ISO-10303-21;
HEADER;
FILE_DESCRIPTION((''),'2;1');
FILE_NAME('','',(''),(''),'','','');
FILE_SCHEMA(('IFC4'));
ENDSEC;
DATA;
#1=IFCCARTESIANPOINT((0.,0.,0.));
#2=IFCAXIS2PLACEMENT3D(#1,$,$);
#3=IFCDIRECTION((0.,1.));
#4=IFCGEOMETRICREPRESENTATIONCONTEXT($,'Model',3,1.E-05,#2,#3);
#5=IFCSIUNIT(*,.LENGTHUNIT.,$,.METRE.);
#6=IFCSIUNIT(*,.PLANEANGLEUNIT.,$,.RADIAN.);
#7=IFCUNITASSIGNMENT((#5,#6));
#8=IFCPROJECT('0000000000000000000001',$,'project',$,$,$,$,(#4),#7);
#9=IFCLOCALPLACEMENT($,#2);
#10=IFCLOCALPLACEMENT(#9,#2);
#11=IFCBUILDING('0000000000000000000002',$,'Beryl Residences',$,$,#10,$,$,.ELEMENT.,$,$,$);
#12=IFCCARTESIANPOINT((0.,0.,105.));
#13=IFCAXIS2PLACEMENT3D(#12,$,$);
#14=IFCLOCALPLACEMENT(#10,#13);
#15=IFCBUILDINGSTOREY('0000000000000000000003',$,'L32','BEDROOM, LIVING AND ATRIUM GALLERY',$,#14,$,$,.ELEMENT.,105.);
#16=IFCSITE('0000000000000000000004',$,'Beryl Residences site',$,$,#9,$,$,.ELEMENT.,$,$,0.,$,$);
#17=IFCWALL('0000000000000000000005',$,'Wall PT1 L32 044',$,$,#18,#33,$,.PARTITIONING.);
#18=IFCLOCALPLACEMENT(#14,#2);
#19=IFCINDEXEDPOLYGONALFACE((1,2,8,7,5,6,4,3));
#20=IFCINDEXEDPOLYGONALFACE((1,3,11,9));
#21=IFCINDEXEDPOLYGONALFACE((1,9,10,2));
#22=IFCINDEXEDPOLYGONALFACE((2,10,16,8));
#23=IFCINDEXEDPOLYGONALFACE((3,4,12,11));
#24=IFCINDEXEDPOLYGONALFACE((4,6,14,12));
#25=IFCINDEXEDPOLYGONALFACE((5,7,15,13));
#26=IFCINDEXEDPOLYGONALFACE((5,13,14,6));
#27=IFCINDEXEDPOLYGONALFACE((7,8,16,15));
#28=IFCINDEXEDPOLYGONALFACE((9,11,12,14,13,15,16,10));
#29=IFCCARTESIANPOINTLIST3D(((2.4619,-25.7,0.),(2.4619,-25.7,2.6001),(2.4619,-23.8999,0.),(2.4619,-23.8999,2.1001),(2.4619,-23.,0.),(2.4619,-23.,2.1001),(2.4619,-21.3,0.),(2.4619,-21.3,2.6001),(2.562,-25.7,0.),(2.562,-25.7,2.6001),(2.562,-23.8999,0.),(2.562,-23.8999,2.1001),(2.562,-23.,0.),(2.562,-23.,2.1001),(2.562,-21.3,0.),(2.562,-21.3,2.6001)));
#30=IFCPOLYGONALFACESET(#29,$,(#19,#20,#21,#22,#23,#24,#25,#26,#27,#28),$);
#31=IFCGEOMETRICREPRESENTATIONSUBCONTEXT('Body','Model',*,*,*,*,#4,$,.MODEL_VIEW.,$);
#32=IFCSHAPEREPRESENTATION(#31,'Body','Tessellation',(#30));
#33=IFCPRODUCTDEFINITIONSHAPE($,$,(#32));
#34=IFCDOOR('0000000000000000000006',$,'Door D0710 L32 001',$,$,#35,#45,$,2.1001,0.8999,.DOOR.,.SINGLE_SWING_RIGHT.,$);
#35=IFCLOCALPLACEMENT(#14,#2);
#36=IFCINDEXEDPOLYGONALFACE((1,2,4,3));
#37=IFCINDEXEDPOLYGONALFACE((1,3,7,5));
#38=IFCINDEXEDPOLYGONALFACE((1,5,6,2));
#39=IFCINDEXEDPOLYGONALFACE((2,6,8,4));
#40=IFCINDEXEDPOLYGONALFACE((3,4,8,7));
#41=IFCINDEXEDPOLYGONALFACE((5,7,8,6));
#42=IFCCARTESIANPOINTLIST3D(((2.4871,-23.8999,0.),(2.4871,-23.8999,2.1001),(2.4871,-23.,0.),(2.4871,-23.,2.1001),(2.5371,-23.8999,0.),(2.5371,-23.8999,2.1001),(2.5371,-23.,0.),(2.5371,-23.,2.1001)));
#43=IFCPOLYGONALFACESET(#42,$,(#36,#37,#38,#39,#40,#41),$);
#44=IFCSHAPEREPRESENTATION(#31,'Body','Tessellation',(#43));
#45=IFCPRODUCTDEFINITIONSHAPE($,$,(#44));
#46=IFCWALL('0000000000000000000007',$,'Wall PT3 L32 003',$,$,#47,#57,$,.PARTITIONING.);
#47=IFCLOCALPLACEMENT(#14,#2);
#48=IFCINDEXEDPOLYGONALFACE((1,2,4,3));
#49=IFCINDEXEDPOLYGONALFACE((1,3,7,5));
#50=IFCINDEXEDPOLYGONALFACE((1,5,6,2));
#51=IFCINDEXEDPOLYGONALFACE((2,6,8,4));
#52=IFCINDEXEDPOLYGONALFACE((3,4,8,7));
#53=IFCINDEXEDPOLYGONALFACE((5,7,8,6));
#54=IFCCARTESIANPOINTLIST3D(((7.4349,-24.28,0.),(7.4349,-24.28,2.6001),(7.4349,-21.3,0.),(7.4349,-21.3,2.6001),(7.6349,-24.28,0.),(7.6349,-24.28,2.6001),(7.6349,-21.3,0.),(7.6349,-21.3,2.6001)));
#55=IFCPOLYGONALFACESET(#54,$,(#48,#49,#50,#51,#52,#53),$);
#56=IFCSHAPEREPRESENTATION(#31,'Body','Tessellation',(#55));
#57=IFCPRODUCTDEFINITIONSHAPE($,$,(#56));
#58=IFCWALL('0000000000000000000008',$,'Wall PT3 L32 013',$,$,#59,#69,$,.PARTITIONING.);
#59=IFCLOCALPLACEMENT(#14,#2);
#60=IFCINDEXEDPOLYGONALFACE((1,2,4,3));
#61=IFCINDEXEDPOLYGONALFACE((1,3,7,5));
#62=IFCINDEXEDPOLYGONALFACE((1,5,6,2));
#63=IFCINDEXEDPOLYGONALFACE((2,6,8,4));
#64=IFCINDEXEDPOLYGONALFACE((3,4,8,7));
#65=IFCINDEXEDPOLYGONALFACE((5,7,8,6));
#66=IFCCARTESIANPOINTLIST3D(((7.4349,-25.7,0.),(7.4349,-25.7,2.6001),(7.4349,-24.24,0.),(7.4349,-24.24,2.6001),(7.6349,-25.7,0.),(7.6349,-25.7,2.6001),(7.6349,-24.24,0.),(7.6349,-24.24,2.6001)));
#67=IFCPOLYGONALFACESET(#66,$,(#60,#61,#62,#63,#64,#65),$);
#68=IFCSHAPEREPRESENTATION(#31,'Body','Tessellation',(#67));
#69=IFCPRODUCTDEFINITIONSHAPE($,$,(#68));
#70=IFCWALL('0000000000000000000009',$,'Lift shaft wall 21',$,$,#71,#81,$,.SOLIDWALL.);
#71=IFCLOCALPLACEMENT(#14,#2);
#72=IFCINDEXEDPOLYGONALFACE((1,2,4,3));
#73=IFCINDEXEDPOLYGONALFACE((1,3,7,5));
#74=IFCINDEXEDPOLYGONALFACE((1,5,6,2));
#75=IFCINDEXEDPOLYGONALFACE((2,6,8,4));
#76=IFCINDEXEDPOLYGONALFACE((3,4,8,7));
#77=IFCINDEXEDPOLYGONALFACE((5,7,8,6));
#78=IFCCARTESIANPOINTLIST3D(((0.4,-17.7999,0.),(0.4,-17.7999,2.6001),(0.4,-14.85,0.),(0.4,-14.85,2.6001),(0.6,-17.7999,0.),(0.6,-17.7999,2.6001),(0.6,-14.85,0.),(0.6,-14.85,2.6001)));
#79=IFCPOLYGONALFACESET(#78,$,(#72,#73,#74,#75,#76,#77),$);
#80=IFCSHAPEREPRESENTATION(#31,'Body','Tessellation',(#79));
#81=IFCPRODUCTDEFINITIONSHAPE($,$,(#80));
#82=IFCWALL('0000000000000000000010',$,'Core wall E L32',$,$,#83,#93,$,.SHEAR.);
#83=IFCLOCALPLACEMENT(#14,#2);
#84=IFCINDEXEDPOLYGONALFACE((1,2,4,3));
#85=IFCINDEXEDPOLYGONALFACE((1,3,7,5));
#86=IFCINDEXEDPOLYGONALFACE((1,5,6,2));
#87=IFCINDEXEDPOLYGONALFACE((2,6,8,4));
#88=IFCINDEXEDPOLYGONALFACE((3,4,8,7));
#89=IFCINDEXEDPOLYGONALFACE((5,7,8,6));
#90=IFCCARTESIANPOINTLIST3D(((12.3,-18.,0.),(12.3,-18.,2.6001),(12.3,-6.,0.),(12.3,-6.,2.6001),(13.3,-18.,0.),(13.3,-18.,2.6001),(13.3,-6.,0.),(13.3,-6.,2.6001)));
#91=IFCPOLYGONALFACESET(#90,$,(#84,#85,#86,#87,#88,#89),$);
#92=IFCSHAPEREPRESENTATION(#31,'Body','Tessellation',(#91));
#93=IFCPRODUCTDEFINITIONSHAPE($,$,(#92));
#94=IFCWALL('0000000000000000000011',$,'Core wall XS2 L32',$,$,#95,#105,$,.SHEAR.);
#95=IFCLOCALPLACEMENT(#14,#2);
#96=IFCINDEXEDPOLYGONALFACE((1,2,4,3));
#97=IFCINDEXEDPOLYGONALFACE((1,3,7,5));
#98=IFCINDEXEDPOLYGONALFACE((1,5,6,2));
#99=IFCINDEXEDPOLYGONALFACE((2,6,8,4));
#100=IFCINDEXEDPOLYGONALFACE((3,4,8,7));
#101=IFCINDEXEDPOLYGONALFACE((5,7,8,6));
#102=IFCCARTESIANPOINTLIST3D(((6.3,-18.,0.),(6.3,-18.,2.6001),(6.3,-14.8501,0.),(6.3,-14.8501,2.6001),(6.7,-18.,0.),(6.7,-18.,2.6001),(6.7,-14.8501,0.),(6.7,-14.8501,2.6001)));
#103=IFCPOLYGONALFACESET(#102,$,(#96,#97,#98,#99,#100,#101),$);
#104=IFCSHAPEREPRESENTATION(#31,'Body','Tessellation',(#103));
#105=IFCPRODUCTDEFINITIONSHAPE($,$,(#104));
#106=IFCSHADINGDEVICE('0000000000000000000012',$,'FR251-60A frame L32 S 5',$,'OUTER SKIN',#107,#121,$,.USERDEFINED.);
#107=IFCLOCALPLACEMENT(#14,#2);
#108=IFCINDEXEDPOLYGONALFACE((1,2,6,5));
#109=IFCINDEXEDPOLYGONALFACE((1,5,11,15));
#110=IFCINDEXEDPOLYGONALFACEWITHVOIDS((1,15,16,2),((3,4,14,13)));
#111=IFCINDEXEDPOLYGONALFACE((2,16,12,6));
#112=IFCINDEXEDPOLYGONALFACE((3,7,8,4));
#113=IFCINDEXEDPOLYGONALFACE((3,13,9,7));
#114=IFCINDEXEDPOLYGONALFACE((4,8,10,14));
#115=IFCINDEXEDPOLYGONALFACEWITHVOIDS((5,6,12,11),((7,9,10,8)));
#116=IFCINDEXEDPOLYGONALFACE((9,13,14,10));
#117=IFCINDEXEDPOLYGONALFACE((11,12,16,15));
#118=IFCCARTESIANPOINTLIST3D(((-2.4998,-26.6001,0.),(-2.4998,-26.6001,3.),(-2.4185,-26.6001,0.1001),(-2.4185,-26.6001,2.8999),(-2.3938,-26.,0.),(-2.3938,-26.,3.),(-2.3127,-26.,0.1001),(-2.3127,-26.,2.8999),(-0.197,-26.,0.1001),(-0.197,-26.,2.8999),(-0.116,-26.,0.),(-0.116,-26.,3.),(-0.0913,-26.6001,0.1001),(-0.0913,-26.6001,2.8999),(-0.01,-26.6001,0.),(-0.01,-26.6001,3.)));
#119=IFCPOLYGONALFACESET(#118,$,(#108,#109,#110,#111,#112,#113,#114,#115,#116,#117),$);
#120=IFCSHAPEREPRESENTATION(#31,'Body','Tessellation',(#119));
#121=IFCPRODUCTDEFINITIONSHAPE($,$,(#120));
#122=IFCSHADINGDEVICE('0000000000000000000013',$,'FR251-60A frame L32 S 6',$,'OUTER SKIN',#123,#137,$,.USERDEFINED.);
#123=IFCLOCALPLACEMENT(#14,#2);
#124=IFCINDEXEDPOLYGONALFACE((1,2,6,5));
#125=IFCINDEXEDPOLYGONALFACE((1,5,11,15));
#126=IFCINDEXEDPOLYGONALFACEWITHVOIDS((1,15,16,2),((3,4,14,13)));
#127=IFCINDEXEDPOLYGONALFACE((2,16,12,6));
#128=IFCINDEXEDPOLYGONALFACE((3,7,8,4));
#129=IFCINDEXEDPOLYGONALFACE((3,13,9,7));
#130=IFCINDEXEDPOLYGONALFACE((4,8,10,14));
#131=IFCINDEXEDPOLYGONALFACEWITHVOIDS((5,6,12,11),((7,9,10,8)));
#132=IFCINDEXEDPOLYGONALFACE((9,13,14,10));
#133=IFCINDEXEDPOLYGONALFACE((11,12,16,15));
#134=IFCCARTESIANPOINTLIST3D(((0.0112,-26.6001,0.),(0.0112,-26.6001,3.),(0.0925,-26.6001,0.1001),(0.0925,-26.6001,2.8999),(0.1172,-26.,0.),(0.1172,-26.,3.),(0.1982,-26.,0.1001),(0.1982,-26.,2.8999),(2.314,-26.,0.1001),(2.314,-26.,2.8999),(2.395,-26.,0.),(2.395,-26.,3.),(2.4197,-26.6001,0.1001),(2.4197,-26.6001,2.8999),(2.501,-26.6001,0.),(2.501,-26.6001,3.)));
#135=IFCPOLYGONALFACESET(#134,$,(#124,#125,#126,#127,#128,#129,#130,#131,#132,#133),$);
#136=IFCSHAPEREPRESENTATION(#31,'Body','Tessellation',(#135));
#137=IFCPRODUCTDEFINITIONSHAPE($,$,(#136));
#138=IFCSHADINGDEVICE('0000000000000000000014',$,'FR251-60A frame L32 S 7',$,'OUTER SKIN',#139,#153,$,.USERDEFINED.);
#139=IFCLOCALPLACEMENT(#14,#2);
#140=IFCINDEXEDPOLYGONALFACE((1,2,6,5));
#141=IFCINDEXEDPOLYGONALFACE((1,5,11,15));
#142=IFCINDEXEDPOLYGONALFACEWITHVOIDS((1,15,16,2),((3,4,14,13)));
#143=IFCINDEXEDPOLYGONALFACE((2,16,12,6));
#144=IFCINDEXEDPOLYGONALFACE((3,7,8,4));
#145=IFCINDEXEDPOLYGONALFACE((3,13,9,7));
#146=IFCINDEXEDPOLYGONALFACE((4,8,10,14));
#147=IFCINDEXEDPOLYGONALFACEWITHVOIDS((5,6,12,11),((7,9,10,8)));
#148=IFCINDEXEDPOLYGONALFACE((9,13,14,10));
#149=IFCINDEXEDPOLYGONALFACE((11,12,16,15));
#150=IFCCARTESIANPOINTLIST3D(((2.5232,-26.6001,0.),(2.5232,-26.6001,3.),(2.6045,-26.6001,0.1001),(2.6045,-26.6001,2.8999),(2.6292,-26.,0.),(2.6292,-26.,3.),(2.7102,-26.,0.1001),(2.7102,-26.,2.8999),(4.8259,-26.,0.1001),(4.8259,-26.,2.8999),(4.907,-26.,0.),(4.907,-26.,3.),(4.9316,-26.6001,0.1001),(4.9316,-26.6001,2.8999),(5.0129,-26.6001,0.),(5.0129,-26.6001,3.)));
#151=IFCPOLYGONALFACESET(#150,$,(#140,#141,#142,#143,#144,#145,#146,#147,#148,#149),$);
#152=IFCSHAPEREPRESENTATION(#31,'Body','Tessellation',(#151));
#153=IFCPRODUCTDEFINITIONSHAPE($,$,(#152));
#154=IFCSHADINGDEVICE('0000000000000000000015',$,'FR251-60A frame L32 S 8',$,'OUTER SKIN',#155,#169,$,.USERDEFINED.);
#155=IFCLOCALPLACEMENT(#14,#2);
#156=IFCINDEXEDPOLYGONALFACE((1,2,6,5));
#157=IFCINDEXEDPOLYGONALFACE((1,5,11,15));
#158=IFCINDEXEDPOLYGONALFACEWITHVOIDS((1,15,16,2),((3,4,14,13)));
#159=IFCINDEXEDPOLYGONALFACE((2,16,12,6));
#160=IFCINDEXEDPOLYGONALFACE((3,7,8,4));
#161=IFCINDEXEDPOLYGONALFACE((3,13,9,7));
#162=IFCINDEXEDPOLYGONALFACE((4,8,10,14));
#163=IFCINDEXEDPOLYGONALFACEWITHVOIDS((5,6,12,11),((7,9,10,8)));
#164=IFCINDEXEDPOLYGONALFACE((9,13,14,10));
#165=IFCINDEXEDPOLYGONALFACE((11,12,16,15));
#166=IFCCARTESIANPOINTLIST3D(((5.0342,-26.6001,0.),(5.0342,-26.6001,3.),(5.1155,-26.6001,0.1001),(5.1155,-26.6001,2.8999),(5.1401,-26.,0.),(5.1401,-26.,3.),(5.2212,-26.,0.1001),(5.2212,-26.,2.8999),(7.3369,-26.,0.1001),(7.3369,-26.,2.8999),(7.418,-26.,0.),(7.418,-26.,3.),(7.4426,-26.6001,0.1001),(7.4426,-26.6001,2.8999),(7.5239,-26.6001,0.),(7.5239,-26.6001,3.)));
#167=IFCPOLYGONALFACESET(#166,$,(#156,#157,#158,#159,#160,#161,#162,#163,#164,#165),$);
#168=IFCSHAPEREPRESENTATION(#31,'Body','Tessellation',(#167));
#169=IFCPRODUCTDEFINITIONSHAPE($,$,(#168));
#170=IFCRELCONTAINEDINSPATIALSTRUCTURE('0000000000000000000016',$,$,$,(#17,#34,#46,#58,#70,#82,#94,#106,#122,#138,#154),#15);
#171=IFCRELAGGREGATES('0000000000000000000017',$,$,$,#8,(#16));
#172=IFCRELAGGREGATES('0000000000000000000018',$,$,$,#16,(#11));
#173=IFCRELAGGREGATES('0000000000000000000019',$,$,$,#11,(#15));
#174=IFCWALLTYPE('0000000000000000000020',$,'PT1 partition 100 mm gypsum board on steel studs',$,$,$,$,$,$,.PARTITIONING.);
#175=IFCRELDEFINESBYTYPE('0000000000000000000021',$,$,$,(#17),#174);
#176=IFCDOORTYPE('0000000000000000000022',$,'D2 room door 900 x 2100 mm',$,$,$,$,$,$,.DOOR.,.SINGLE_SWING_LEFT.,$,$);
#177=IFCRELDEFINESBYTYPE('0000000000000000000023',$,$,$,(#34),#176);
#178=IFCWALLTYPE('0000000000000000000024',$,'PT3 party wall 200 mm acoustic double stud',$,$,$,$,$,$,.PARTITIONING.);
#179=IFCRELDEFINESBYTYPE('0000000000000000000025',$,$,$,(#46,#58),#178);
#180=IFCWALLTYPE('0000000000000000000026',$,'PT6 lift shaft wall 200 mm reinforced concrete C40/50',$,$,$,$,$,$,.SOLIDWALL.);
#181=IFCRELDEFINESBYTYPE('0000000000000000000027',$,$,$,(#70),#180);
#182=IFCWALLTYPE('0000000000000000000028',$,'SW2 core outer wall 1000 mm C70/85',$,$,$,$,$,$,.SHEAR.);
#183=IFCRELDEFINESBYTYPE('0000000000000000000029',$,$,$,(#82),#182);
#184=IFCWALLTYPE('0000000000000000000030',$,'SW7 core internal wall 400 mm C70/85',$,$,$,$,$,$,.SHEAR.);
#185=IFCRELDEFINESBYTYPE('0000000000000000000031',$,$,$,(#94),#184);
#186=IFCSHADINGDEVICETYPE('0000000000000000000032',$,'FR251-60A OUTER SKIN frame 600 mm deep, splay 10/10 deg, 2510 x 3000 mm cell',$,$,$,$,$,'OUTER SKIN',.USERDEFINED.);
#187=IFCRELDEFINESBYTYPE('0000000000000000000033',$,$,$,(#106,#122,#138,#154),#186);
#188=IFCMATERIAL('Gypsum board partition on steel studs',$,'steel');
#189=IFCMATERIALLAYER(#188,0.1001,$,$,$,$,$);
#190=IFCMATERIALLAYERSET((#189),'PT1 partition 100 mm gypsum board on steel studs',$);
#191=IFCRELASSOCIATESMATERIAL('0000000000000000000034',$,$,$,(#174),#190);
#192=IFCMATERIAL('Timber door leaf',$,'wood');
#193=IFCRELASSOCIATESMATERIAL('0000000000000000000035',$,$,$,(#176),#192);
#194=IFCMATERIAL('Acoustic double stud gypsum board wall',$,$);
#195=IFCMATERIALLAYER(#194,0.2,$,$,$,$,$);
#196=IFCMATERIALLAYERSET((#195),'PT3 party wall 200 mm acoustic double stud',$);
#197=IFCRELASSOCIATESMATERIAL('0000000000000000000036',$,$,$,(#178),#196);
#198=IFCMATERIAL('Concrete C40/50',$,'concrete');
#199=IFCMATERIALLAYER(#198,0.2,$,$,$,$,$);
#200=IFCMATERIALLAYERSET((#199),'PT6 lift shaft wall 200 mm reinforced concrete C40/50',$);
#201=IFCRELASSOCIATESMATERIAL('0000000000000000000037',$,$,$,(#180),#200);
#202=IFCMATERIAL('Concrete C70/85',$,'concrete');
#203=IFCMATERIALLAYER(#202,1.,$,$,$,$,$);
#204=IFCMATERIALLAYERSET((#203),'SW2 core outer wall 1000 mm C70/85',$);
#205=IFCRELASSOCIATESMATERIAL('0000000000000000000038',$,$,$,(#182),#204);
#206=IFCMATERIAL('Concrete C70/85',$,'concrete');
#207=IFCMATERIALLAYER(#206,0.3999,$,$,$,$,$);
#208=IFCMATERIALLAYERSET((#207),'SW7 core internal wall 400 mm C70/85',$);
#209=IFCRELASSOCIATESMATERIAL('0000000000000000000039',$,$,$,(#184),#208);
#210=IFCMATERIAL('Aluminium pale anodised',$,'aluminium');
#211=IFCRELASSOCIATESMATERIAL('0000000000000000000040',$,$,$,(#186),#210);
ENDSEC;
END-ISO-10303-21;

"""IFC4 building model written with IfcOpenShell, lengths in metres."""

from ifc_helpers import new_model, entity, si_unit, direction, frame, frame_2d, origin, place, context, subcontext, project, spatial, rectangle, extrude, source, transform, mapped, material, layer, layer_set, type_object, type_shapes, element, fill, save


model = new_model("IFC4")

# Units and contexts
model_context = context("Model", 3, precision=1e-05, world=origin(), true_north=direction((0.0, 1.0)))
body_context = subcontext(model_context, "Body", "Model", "MODEL_VIEW")
ifc_project = project(units=[si_unit("LENGTHUNIT", "METRE"), si_unit("PLANEANGLEUNIT", "RADIAN")], contexts=[model_context])

# Site, building, storey
site_placement = place(None, origin())
site = spatial("IfcSite", under=ifc_project, at=site_placement, Name="Beryl Residences site", CompositionType="ELEMENT", RefElevation=0.0)
building_placement = place(site_placement, origin())
building = spatial("IfcBuilding", under=site, at=building_placement, Name="Beryl Residences", CompositionType="ELEMENT")
storey_placement = place(building_placement, frame((0.0, 0.0, 105.0)))
storey = spatial("IfcBuildingStorey", under=building, at=storey_placement, Name="L32", Description="BEDROOM, LIVING AND ATRIUM GALLERY", CompositionType="ELEMENT", Elevation=105.0)

# Shared definitions
ifc_material_1 = material(Name="Gypsum board partition on steel studs", Category="steel")
ifc_layer_1 = layer(ifc_material_1, 0.1001)
ifc_layer_set_1 = layer_set([ifc_layer_1], Name="PT1 partition 100 mm gypsum board on steel studs")
wall_type_1 = type_object("IfcWallType", Name="PT1 partition 100 mm gypsum board on steel studs", PredefinedType="PARTITIONING", material=ifc_layer_set_1)

# Wall, opening, door
ifc_material_2 = material(Name="Timber door leaf", Category="wood")
door_type_1 = type_object("IfcDoorType", Name="D2 room door 900 x 2100 mm", OperationType="SINGLE_SWING_LEFT", PredefinedType="DOOR", material=ifc_material_2)
wall_1_placement = place(storey_placement, frame((2.512, -25.7, 0.0), z_axis=(0.0, 0.0, 1.0), x_axis=(0.0, 1.0, 0.0)))
wall_1 = element("IfcWall", 1, at=wall_1_placement, inside=storey, type_object=wall_type_1, Name="Wall PT1 L32 044", PredefinedType="PARTITIONING", context=body_context, shape_type="SweptSolid", body=[
    extrude(rectangle(XDim=4.3999, YDim=0.1001, at=frame_2d((2.2, 0.0))), origin(), (0.0, 0.0, 1.0), 2.6001),
])
opening_1_placement = place(wall_1_placement, frame((1.8, 0.0, 0.0)))
opening_1 = element("IfcOpeningElement", 2, at=opening_1_placement, cuts=wall_1, PredefinedType="OPENING", context=body_context, shape_type="SweptSolid", body=[
    extrude(rectangle(XDim=0.8999, YDim=2.1001, at=frame_2d((0.45, 1.05))), frame((0.0, 0.0601, 0.0), z_axis=(0.0, -1.0, 0.0), x_axis=(1.0, 0.0, 0.0)), (0.0, 0.0, 1.0), 0.1201),
])
door_1_placement = place(opening_1_placement, origin())
door_1 = element("IfcDoor", 3, at=door_1_placement, inside=storey, type_object=door_type_1, Name="Door D0710 L32 001", OperationType="SINGLE_SWING_RIGHT", OverallHeight=2.1001, OverallWidth=0.8999, PredefinedType="DOOR", context=body_context, shape_type="SweptSolid", body=[
    extrude(rectangle(XDim=0.8999, YDim=2.1001, at=frame_2d((0.45, 1.05))), frame((0.0, 0.0249, 0.0), z_axis=(0.0, -1.0, 0.0), x_axis=(1.0, 0.0, 0.0)), (0.0, 0.0, 1.0), 0.05),
])
fill(opening_1, door_1)

# Walls
ifc_material_3 = material(Name="Acoustic double stud gypsum board wall")
ifc_layer_2 = layer(ifc_material_3, 0.2)
ifc_layer_set_2 = layer_set([ifc_layer_2], Name="PT3 party wall 200 mm acoustic double stud")
wall_type_2 = type_object("IfcWallType", Name="PT3 party wall 200 mm acoustic double stud", PredefinedType="PARTITIONING", material=ifc_layer_set_2)
wall_2_placement = place(storey_placement, frame((7.5349, -21.3, 0.0), z_axis=(0.0, 0.0, 1.0), x_axis=(0.0, -1.0, 0.0)))
element("IfcWall", 4, at=wall_2_placement, inside=storey, type_object=wall_type_2, Name="Wall PT3 L32 003", PredefinedType="PARTITIONING", context=body_context, shape_type="SweptSolid", body=[
    extrude(rectangle(XDim=2.98, YDim=0.2, at=frame_2d((1.49, 0.0))), origin(), (0.0, 0.0, 1.0), 2.6001),
])
wall_3_placement = place(storey_placement, frame((7.5349, -25.7, 0.0), z_axis=(0.0, 0.0, 1.0), x_axis=(0.0, 1.0, 0.0)))
element("IfcWall", 5, at=wall_3_placement, inside=storey, type_object=wall_type_2, Name="Wall PT3 L32 013", PredefinedType="PARTITIONING", context=body_context, shape_type="SweptSolid", body=[
    extrude(rectangle(XDim=1.46, YDim=0.2, at=frame_2d((0.73, 0.0))), origin(), (0.0, 0.0, 1.0), 2.6001),
])
ifc_material_4 = material(Name="Concrete C40/50", Category="concrete")
ifc_layer_3 = layer(ifc_material_4, 0.2)
ifc_layer_set_3 = layer_set([ifc_layer_3], Name="PT6 lift shaft wall 200 mm reinforced concrete C40/50")
wall_type_3 = type_object("IfcWallType", Name="PT6 lift shaft wall 200 mm reinforced concrete C40/50", PredefinedType="SOLIDWALL", material=ifc_layer_set_3)
wall_4_placement = place(storey_placement, frame((0.5, -17.8, 0.0), z_axis=(0.0, 0.0, 1.0), x_axis=(0.0, 1.0, 0.0)))
element("IfcWall", 6, at=wall_4_placement, inside=storey, type_object=wall_type_3, Name="Lift shaft wall 21", PredefinedType="SOLIDWALL", context=body_context, shape_type="SweptSolid", body=[
    extrude(rectangle(XDim=2.95, YDim=0.2, at=frame_2d((1.4751, 0.0))), origin(), (0.0, 0.0, 1.0), 2.6001),
])
ifc_material_5 = material(Name="Concrete C70/85", Category="concrete")
ifc_layer_4 = layer(ifc_material_5, 1.0)
ifc_layer_set_4 = layer_set([ifc_layer_4], Name="SW2 core outer wall 1000 mm C70/85")
wall_type_4 = type_object("IfcWallType", Name="SW2 core outer wall 1000 mm C70/85", PredefinedType="SHEAR", material=ifc_layer_set_4)
wall_5_placement = place(storey_placement, frame((12.8, -18.0, 0.0), z_axis=(0.0, 0.0, 1.0), x_axis=(0.0, 1.0, 0.0)))
element("IfcWall", 7, at=wall_5_placement, inside=storey, type_object=wall_type_4, Name="Core wall E L32", PredefinedType="SHEAR", context=body_context, shape_type="SweptSolid", body=[
    extrude(rectangle(XDim=12.0, YDim=1.0, at=frame_2d((6.0, 0.0))), origin(), (0.0, 0.0, 1.0), 2.6001),
])
ifc_material_6 = material(Name="Concrete C70/85", Category="concrete")
ifc_layer_5 = layer(ifc_material_6, 0.3999)
ifc_layer_set_5 = layer_set([ifc_layer_5], Name="SW7 core internal wall 400 mm C70/85")
wall_type_5 = type_object("IfcWallType", Name="SW7 core internal wall 400 mm C70/85", PredefinedType="SHEAR", material=ifc_layer_set_5)
wall_6_placement = place(storey_placement, frame((6.5, -18.0, 0.0), z_axis=(0.0, 0.0, 1.0), x_axis=(0.0, 1.0, 0.0)))
element("IfcWall", 8, at=wall_6_placement, inside=storey, type_object=wall_type_5, Name="Core wall XS2 L32", PredefinedType="SHEAR", context=body_context, shape_type="SweptSolid", body=[
    extrude(rectangle(XDim=3.1499, YDim=0.3999, at=frame_2d((1.575, 0.0))), origin(), (0.0, 0.0, 1.0), 2.6001),
])

# Shading devices
ifc_material_7 = material(Name="Aluminium pale anodised", Category="aluminium")
shading_device_type = type_object("IfcShadingDeviceType", Name="FR251-60A OUTER SKIN frame 600 mm deep, splay 10/10 deg, 2510 x 3000 mm cell", ElementType="OUTER SKIN", PredefinedType="USERDEFINED", material=ifc_material_7)
cartesian_point_1 = entity("IfcCartesianPoint", [-1.1389, 0.0])
cartesian_point_2 = entity("IfcCartesianPoint", [-1.0579, 0.1001])
cartesian_point_3 = entity("IfcCartesianPoint", [-1.2449, 0.0])
cartesian_point_4 = entity("IfcCartesianPoint", [-1.1636, 0.1001])
shared_shape_1 = source(origin(), body_context, "Body", "SweptSolid", [
    entity("IfcExtrudedAreaSolidTapered", entity("IfcArbitraryProfileDefWithVoids", "AREA", None, entity("IfcPolyline", [cartesian_point_1, entity("IfcCartesianPoint", [1.1389, 0.0]), entity("IfcCartesianPoint", [1.1389, 3.0]), entity("IfcCartesianPoint", [-1.1389, 3.0]), cartesian_point_1]), [entity("IfcPolyline", [cartesian_point_2, entity("IfcCartesianPoint", [1.0579, 0.1001]), entity("IfcCartesianPoint", [1.0579, 2.8999]), entity("IfcCartesianPoint", [-1.0579, 2.8999]), cartesian_point_2])]), entity("IfcAxis2Placement3D", entity("IfcCartesianPoint", [0.0, 0.0, 0.0]), entity("IfcDirection", [0.0, 1.0, 0.0]), entity("IfcDirection", [-1.0, 0.0, 0.0])), entity("IfcDirection", [0.0, 0.0, 1.0]), 0.6001, entity("IfcArbitraryProfileDefWithVoids", "AREA", None, entity("IfcPolyline", [cartesian_point_3, entity("IfcCartesianPoint", [1.2449, 0.0]), entity("IfcCartesianPoint", [1.2449, 3.0]), entity("IfcCartesianPoint", [-1.2449, 3.0]), cartesian_point_3]), [entity("IfcPolyline", [cartesian_point_4, entity("IfcCartesianPoint", [1.1636, 0.1001]), entity("IfcCartesianPoint", [1.1636, 2.8999]), entity("IfcCartesianPoint", [-1.1636, 2.8999]), cartesian_point_4])])),
])
type_shapes(shading_device_type, [shared_shape_1])
for number, where, z_axis, x_axis, name in (
    (9, (-1.2549, -26.0, 0.0), (0.0, 0.0, 1.0), (-1.0, 0.0, 0.0), "FR251-60A frame L32 S 5"),
    (10, (1.2561, -26.0, 0.0), (0.0, 0.0, 1.0), (-1.0, 0.0, 0.0), "FR251-60A frame L32 S 6"),
    (11, (3.7681, -26.0, 0.0), (0.0, 0.0, 1.0), (-1.0, 0.0, 0.0), "FR251-60A frame L32 S 7"),
    (12, (6.2791, -26.0, 0.0), (0.0, 0.0, 1.0), (-1.0, 0.0, 0.0), "FR251-60A frame L32 S 8"),
):
    element("IfcShadingDevice", number, at=place(storey_placement, frame(where, z_axis=z_axis, x_axis=x_axis)), inside=storey, type_object=shading_device_type, Name=name, ObjectType="OUTER SKIN", PredefinedType="USERDEFINED", context=body_context, shape_type="MappedRepresentation", body=[
        mapped(shared_shape_1, transform((0.0, 0.0, 0.0))),
    ])

save(model, "model.ifc")
